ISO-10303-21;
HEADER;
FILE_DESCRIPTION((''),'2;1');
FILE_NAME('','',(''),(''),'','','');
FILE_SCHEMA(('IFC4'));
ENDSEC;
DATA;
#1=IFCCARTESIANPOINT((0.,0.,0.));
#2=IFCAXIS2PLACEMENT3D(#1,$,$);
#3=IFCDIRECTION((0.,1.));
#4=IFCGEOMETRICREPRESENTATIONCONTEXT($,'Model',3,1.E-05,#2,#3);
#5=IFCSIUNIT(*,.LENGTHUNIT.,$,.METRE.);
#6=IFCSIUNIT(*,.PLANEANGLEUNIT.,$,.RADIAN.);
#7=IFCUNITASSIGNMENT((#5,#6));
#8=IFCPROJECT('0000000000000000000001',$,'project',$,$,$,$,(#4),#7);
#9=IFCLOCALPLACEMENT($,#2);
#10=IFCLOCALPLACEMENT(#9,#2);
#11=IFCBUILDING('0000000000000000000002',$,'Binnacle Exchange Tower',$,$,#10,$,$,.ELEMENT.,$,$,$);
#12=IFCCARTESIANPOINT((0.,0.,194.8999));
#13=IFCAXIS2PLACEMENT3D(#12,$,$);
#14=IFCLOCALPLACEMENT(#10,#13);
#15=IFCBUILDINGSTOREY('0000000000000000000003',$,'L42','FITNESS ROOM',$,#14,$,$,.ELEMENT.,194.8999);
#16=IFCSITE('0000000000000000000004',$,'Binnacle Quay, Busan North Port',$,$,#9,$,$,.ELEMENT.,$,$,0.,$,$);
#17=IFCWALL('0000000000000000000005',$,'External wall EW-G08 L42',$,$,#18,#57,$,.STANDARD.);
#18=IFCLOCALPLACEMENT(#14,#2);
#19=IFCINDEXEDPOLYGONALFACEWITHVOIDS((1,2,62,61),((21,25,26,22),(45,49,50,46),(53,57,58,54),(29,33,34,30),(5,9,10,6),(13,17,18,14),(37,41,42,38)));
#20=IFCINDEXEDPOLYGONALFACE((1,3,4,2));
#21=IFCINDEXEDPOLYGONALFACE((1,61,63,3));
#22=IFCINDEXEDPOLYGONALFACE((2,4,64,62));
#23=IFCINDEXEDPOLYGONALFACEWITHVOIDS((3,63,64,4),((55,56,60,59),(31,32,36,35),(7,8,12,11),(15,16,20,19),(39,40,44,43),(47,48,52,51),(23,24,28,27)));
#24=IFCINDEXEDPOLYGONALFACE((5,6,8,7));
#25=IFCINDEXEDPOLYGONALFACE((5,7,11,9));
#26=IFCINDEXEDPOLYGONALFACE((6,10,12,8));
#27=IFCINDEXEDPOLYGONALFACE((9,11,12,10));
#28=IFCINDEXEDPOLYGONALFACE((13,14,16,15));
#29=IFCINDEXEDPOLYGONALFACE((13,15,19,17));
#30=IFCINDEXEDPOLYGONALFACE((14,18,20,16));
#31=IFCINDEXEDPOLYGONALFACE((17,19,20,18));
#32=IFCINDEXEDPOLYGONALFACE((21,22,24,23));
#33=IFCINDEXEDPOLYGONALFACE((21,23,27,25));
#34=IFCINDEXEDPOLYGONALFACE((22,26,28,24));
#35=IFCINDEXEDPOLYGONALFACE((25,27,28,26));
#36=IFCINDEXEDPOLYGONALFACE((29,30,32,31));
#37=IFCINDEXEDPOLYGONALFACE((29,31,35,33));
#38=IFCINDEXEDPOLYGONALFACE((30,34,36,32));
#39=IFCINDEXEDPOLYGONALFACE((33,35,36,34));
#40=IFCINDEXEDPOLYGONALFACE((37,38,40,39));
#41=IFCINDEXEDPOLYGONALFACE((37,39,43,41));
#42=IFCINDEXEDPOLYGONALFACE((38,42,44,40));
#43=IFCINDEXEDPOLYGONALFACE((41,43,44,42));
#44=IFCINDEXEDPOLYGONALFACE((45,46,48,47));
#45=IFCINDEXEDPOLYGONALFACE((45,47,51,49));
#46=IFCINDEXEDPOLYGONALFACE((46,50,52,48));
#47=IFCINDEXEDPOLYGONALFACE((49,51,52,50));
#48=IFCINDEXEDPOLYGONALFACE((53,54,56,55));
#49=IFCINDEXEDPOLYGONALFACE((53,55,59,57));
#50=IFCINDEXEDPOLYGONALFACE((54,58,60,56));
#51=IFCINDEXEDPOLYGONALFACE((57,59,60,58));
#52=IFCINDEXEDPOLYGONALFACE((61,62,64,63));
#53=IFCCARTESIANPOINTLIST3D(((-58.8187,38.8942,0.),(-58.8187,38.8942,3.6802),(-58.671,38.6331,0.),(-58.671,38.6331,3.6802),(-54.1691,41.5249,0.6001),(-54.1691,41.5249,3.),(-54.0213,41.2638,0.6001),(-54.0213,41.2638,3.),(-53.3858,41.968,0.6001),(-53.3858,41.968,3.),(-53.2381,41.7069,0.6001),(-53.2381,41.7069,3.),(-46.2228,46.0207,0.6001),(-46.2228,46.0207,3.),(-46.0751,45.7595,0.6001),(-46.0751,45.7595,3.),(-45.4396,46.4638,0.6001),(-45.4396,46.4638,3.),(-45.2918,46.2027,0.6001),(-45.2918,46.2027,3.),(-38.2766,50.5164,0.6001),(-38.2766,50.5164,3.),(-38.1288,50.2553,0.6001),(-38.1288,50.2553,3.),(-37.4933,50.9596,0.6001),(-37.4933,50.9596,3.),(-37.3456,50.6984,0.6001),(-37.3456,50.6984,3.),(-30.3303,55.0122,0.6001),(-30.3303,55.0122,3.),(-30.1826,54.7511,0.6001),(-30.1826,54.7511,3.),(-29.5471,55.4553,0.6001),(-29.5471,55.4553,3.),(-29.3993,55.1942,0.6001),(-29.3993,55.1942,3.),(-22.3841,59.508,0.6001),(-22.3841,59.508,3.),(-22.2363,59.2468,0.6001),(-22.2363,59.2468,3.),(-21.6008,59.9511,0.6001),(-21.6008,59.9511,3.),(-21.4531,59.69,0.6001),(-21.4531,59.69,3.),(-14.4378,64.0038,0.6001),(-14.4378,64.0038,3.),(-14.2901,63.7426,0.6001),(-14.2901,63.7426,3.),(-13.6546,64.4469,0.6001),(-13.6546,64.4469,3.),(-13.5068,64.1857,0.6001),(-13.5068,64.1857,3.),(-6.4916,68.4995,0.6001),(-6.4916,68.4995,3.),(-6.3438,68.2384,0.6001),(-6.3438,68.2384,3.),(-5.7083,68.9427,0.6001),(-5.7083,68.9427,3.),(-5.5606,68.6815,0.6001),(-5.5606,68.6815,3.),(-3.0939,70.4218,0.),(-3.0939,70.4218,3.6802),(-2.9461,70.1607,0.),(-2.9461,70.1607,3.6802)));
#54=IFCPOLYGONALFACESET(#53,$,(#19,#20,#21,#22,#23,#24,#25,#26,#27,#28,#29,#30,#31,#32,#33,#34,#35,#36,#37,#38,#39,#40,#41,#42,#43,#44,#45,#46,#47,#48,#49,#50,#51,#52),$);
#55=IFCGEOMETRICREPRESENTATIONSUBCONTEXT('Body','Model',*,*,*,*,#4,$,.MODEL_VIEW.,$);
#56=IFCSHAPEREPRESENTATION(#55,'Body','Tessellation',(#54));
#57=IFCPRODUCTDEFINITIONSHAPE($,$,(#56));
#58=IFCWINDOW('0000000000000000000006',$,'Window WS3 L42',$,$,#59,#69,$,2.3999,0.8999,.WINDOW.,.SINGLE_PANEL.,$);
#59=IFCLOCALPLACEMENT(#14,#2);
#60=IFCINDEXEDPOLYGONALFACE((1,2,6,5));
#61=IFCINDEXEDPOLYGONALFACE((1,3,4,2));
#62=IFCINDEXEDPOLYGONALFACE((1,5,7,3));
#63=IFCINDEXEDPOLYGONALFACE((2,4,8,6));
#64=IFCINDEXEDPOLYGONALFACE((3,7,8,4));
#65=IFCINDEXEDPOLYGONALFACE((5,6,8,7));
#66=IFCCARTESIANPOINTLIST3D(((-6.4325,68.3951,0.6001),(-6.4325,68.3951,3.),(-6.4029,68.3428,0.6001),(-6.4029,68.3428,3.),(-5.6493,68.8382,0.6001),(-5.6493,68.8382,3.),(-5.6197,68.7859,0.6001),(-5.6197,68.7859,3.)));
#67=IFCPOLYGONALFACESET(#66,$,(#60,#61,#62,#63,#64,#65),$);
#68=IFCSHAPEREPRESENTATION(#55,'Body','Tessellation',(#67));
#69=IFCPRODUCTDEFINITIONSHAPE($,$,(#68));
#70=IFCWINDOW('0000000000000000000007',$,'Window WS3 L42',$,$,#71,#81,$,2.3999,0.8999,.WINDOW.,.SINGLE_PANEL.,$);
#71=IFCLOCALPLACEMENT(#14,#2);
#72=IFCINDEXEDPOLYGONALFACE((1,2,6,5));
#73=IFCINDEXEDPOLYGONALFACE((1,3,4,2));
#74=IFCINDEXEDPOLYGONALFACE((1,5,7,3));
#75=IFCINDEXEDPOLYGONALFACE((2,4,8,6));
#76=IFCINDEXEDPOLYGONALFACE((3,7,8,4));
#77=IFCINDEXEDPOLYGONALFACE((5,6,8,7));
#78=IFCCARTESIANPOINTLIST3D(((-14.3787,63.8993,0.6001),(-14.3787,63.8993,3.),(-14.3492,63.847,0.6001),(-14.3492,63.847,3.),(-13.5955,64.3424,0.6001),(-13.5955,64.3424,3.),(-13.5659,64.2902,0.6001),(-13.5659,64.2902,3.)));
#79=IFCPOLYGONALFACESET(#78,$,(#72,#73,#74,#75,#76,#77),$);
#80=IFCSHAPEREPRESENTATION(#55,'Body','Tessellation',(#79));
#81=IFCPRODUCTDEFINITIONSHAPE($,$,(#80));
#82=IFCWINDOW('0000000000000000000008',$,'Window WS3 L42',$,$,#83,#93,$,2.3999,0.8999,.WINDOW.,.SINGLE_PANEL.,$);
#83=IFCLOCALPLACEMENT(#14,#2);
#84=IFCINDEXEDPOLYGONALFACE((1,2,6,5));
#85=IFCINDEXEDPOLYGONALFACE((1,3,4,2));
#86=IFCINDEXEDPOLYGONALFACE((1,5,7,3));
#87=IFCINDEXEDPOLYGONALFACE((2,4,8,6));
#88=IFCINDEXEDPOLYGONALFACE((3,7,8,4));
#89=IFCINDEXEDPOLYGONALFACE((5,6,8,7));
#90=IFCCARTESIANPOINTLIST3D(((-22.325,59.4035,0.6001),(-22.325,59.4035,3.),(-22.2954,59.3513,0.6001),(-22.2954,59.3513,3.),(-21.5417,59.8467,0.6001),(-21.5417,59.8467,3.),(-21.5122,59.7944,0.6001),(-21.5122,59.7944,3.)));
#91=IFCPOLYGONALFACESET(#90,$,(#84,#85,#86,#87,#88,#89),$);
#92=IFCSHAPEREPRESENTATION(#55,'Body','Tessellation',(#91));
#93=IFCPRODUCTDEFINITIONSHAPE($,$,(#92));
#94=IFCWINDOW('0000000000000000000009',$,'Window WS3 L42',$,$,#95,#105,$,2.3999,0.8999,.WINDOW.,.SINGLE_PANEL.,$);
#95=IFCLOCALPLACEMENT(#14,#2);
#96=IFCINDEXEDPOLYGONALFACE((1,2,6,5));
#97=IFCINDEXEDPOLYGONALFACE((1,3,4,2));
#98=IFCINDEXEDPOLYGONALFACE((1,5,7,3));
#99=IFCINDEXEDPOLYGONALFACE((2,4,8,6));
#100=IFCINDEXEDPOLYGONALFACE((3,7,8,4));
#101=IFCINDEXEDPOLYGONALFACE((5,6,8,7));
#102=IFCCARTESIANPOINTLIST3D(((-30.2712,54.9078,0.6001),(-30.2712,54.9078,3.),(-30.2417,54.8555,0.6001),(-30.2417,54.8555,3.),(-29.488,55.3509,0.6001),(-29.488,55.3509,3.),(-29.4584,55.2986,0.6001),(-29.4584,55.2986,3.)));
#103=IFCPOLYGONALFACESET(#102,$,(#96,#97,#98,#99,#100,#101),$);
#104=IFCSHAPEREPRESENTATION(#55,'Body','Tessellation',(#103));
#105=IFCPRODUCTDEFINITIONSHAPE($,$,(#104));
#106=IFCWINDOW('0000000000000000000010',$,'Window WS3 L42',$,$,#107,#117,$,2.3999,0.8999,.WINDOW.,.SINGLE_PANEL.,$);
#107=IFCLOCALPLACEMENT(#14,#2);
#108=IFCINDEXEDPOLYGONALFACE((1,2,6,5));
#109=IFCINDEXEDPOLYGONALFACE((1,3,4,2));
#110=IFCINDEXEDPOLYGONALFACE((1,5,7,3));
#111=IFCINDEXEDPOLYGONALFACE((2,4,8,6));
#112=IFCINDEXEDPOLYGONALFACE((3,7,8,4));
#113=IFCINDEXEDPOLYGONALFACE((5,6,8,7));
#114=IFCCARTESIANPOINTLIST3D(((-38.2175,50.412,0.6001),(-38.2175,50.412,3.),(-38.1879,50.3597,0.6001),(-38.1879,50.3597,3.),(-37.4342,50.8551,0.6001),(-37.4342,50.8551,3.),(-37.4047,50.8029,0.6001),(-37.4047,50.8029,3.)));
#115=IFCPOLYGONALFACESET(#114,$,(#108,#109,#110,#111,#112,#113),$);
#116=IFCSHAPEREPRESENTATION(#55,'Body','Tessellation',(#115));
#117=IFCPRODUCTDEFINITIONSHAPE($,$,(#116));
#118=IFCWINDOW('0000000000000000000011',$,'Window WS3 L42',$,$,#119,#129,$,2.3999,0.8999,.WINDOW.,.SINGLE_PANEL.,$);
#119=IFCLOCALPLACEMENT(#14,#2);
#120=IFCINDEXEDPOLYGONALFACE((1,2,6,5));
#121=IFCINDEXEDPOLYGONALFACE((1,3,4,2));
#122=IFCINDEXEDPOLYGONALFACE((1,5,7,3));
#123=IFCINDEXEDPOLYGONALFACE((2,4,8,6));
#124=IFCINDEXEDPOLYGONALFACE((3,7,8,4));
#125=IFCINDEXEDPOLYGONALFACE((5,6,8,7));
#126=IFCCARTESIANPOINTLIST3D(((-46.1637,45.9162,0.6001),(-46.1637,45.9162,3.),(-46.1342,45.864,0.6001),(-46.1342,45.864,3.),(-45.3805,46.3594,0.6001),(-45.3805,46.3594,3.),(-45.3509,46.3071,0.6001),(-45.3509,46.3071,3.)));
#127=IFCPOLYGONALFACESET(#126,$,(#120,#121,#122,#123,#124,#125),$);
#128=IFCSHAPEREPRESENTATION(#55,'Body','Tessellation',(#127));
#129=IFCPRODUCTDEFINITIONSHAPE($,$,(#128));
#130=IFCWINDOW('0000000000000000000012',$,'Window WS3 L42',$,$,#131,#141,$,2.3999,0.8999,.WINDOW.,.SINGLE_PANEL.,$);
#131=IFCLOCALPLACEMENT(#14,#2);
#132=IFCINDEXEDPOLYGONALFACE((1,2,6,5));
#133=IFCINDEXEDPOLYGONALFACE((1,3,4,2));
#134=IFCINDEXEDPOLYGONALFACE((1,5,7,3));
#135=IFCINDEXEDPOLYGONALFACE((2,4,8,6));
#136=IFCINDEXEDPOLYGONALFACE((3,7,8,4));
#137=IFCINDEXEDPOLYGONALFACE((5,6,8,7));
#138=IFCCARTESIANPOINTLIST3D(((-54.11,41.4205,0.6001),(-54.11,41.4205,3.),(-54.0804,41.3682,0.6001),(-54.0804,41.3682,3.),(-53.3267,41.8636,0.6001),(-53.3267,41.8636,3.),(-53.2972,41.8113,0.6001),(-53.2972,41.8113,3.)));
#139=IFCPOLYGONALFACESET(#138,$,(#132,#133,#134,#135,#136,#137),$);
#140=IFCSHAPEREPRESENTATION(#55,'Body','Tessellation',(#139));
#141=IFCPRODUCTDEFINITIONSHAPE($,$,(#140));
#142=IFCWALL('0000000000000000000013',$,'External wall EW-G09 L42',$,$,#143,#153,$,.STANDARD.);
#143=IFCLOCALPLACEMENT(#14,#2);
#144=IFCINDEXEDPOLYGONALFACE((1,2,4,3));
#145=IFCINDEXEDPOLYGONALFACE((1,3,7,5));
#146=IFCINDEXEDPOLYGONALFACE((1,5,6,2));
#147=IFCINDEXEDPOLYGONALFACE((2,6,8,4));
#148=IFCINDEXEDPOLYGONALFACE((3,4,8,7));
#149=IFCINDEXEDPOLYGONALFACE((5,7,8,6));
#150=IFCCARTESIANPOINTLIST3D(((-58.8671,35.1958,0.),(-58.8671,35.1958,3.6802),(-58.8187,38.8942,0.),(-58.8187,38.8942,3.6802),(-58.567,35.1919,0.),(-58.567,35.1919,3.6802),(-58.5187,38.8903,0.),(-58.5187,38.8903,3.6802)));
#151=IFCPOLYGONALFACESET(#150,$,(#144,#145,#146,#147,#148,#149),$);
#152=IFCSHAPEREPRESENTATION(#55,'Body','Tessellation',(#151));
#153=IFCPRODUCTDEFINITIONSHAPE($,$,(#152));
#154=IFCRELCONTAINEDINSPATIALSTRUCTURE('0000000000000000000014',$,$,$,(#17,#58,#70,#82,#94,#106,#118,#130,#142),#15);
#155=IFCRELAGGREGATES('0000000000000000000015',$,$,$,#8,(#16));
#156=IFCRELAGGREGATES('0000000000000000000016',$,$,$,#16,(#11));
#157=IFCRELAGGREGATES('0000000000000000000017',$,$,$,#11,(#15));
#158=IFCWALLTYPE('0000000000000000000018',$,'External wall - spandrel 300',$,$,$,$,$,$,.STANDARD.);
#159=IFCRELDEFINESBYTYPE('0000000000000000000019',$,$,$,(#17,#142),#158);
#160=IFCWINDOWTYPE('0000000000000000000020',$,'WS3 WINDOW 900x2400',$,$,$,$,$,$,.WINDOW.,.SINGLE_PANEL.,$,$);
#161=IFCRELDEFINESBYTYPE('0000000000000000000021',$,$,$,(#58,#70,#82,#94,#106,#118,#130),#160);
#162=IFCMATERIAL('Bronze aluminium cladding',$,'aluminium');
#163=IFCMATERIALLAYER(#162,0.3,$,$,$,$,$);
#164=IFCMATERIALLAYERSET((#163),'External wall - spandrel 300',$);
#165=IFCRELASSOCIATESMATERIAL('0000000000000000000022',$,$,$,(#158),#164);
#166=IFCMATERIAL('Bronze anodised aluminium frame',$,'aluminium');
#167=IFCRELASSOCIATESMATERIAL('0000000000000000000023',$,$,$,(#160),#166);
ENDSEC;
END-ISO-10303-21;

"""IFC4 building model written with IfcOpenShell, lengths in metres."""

from ifc_helpers import new_model, si_unit, direction, frame, frame_2d, origin, place, context, subcontext, project, spatial, rectangle, extrude, material, layer, layer_set, type_object, element, fill, save


model = new_model("IFC4")

# Units and contexts
model_context = context("Model", 3, precision=1e-05, world=origin(), true_north=direction((0.0, 1.0)))
body_context = subcontext(model_context, "Body", "Model", "MODEL_VIEW")
ifc_project = project(units=[si_unit("LENGTHUNIT", "METRE"), si_unit("PLANEANGLEUNIT", "RADIAN")], contexts=[model_context])

# Site, building, storey
site_placement = place(None, origin())
site = spatial("IfcSite", under=ifc_project, at=site_placement, Name="Binnacle Quay, Busan North Port", CompositionType="ELEMENT", RefElevation=0.0)
building_placement = place(site_placement, origin())
building = spatial("IfcBuilding", under=site, at=building_placement, Name="Binnacle Exchange Tower", CompositionType="ELEMENT")
storey_placement = place(building_placement, frame((0.0, 0.0, 194.8999)))
storey = spatial("IfcBuildingStorey", under=building, at=storey_placement, Name="L42", Description="FITNESS ROOM", CompositionType="ELEMENT", Elevation=194.8999)

# Wall, openings, windows
ifc_material_1 = material(Name="Bronze aluminium cladding", Category="aluminium")
ifc_layer_1 = layer(ifc_material_1, 0.3)
ifc_layer_set_1 = layer_set([ifc_layer_1], Name="External wall - spandrel 300")
wall_type_1 = type_object("IfcWallType", Name="External wall - spandrel 300", PredefinedType="STANDARD", material=ifc_layer_set_1)
wall_1_placement = place(storey_placement, frame((-58.7449, 38.7637, 0.0), z_axis=(0.0, 0.0, 1.0), x_axis=(0.870356, 0.492423, 0.0)))
wall_1 = element("IfcWall", 1, at=wall_1_placement, inside=storey, type_object=wall_type_1, Name="External wall EW-G08 L42", PredefinedType="STANDARD", context=body_context, shape_type="SweptSolid", body=[
    extrude(rectangle(XDim=64.0254, YDim=0.3, at=frame_2d((32.0127, 0.0))), origin(), (0.0, 0.0, 1.0), 3.6802),
])
opening_1_placement = place(wall_1_placement, frame((60.1216, 0.0, 0.6001)))
opening_1 = element("IfcOpeningElement", 2, at=opening_1_placement, cuts=wall_1, PredefinedType="OPENING", context=body_context, shape_type="SweptSolid", body=[
    extrude(rectangle(XDim=0.8999, YDim=2.3999, at=frame_2d((0.45, 1.2))), frame((0.0, 0.1599, 0.0), z_axis=(0.0, -1.0, 0.0), x_axis=(1.0, 0.0, 0.0)), (0.0, 0.0, 1.0), 0.3201),
])
opening_2_placement = place(wall_1_placement, frame((50.9917, 0.0, 0.6001)))
opening_2 = element("IfcOpeningElement", 3, at=opening_2_placement, cuts=wall_1, PredefinedType="OPENING", context=body_context, shape_type="SweptSolid", body=[
    extrude(rectangle(XDim=0.8999, YDim=2.3999, at=frame_2d((0.45, 1.2))), frame((0.0, 0.1599, 0.0), z_axis=(0.0, -1.0, 0.0), x_axis=(1.0, 0.0, 0.0)), (0.0, 0.0, 1.0), 0.3201),
])
opening_3_placement = place(wall_1_placement, frame((41.8618, 0.0, 0.6001)))
opening_3 = element("IfcOpeningElement", 4, at=opening_3_placement, cuts=wall_1, PredefinedType="OPENING", context=body_context, shape_type="SweptSolid", body=[
    extrude(rectangle(XDim=0.8999, YDim=2.3999, at=frame_2d((0.45, 1.2))), frame((0.0, 0.1599, 0.0), z_axis=(0.0, -1.0, 0.0), x_axis=(1.0, 0.0, 0.0)), (0.0, 0.0, 1.0), 0.3201),
])
opening_4_placement = place(wall_1_placement, frame((32.7319, 0.0, 0.6001)))
opening_4 = element("IfcOpeningElement", 5, at=opening_4_placement, cuts=wall_1, PredefinedType="OPENING", context=body_context, shape_type="SweptSolid", body=[
    extrude(rectangle(XDim=0.8999, YDim=2.3999, at=frame_2d((0.45, 1.2))), frame((0.0, 0.1599, 0.0), z_axis=(0.0, -1.0, 0.0), x_axis=(1.0, 0.0, 0.0)), (0.0, 0.0, 1.0), 0.3201),
])
opening_5_placement = place(wall_1_placement, frame((23.6021, 0.0, 0.6001)))
opening_5 = element("IfcOpeningElement", 6, at=opening_5_placement, cuts=wall_1, PredefinedType="OPENING", context=body_context, shape_type="SweptSolid", body=[
    extrude(rectangle(XDim=0.8999, YDim=2.3999, at=frame_2d((0.45, 1.2))), frame((0.0, 0.1599, 0.0), z_axis=(0.0, -1.0, 0.0), x_axis=(1.0, 0.0, 0.0)), (0.0, 0.0, 1.0), 0.3201),
])
opening_6_placement = place(wall_1_placement, frame((14.4722, 0.0, 0.6001)))
opening_6 = element("IfcOpeningElement", 7, at=opening_6_placement, cuts=wall_1, PredefinedType="OPENING", context=body_context, shape_type="SweptSolid", body=[
    extrude(rectangle(XDim=0.8999, YDim=2.3999, at=frame_2d((0.45, 1.2))), frame((0.0, 0.1599, 0.0), z_axis=(0.0, -1.0, 0.0), x_axis=(1.0, 0.0, 0.0)), (0.0, 0.0, 1.0), 0.3201),
])
opening_7_placement = place(wall_1_placement, frame((5.3423, 0.0, 0.6001)))
opening_7 = element("IfcOpeningElement", 8, at=opening_7_placement, cuts=wall_1, PredefinedType="OPENING", context=body_context, shape_type="SweptSolid", body=[
    extrude(rectangle(XDim=0.8999, YDim=2.3999, at=frame_2d((0.45, 1.2))), frame((0.0, 0.1599, 0.0), z_axis=(0.0, -1.0, 0.0), x_axis=(1.0, 0.0, 0.0)), (0.0, 0.0, 1.0), 0.3201),
])
ifc_material_2 = material(Name="Bronze anodised aluminium frame", Category="aluminium")
window_type = type_object("IfcWindowType", Name="WS3 WINDOW 900x2400", PartitioningType="SINGLE_PANEL", PredefinedType="WINDOW", material=ifc_material_2)
window_1_placement = place(opening_1_placement, origin())
window_1 = element("IfcWindow", 9, at=window_1_placement, inside=storey, type_object=window_type, Name="Window WS3 L42", OverallHeight=2.3999, OverallWidth=0.8999, PartitioningType="SINGLE_PANEL", PredefinedType="WINDOW", context=body_context, shape_type="SweptSolid", body=[
    extrude(rectangle(XDim=0.8999, YDim=2.3999, at=frame_2d((0.45, 1.2))), frame((0.0, 0.03, 0.0), z_axis=(0.0, -1.0, 0.0), x_axis=(1.0, 0.0, 0.0)), (0.0, 0.0, 1.0), 0.0601),
])
fill(opening_1, window_1)
window_2_placement = place(opening_2_placement, origin())
window_2 = element("IfcWindow", 10, at=window_2_placement, inside=storey, type_object=window_type, Name="Window WS3 L42", OverallHeight=2.3999, OverallWidth=0.8999, PartitioningType="SINGLE_PANEL", PredefinedType="WINDOW", context=body_context, shape_type="SweptSolid", body=[
    extrude(rectangle(XDim=0.8999, YDim=2.3999, at=frame_2d((0.45, 1.2))), frame((0.0, 0.03, 0.0), z_axis=(0.0, -1.0, 0.0), x_axis=(1.0, 0.0, 0.0)), (0.0, 0.0, 1.0), 0.0601),
])
fill(opening_2, window_2)
window_3_placement = place(opening_3_placement, origin())
window_3 = element("IfcWindow", 11, at=window_3_placement, inside=storey, type_object=window_type, Name="Window WS3 L42", OverallHeight=2.3999, OverallWidth=0.8999, PartitioningType="SINGLE_PANEL", PredefinedType="WINDOW", context=body_context, shape_type="SweptSolid", body=[
    extrude(rectangle(XDim=0.8999, YDim=2.3999, at=frame_2d((0.45, 1.2))), frame((0.0, 0.03, 0.0), z_axis=(0.0, -1.0, 0.0), x_axis=(1.0, 0.0, 0.0)), (0.0, 0.0, 1.0), 0.0601),
])
fill(opening_3, window_3)
window_4_placement = place(opening_4_placement, origin())
window_4 = element("IfcWindow", 12, at=window_4_placement, inside=storey, type_object=window_type, Name="Window WS3 L42", OverallHeight=2.3999, OverallWidth=0.8999, PartitioningType="SINGLE_PANEL", PredefinedType="WINDOW", context=body_context, shape_type="SweptSolid", body=[
    extrude(rectangle(XDim=0.8999, YDim=2.3999, at=frame_2d((0.45, 1.2))), frame((0.0, 0.03, 0.0), z_axis=(0.0, -1.0, 0.0), x_axis=(1.0, 0.0, 0.0)), (0.0, 0.0, 1.0), 0.0601),
])
fill(opening_4, window_4)
window_5_placement = place(opening_5_placement, origin())
window_5 = element("IfcWindow", 13, at=window_5_placement, inside=storey, type_object=window_type, Name="Window WS3 L42", OverallHeight=2.3999, OverallWidth=0.8999, PartitioningType="SINGLE_PANEL", PredefinedType="WINDOW", context=body_context, shape_type="SweptSolid", body=[
    extrude(rectangle(XDim=0.8999, YDim=2.3999, at=frame_2d((0.45, 1.2))), frame((0.0, 0.03, 0.0), z_axis=(0.0, -1.0, 0.0), x_axis=(1.0, 0.0, 0.0)), (0.0, 0.0, 1.0), 0.0601),
])
fill(opening_5, window_5)
window_6_placement = place(opening_6_placement, origin())
window_6 = element("IfcWindow", 14, at=window_6_placement, inside=storey, type_object=window_type, Name="Window WS3 L42", OverallHeight=2.3999, OverallWidth=0.8999, PartitioningType="SINGLE_PANEL", PredefinedType="WINDOW", context=body_context, shape_type="SweptSolid", body=[
    extrude(rectangle(XDim=0.8999, YDim=2.3999, at=frame_2d((0.45, 1.2))), frame((0.0, 0.03, 0.0), z_axis=(0.0, -1.0, 0.0), x_axis=(1.0, 0.0, 0.0)), (0.0, 0.0, 1.0), 0.0601),
])
fill(opening_6, window_6)
window_7_placement = place(opening_7_placement, origin())
window_7 = element("IfcWindow", 15, at=window_7_placement, inside=storey, type_object=window_type, Name="Window WS3 L42", OverallHeight=2.3999, OverallWidth=0.8999, PartitioningType="SINGLE_PANEL", PredefinedType="WINDOW", context=body_context, shape_type="SweptSolid", body=[
    extrude(rectangle(XDim=0.8999, YDim=2.3999, at=frame_2d((0.45, 1.2))), frame((0.0, 0.03, 0.0), z_axis=(0.0, -1.0, 0.0), x_axis=(1.0, 0.0, 0.0)), (0.0, 0.0, 1.0), 0.0601),
])
fill(opening_7, window_7)

# Wall
wall_2_placement = place(storey_placement, frame((-58.717, 35.1938, 0.0), z_axis=(0.0, 0.0, 1.0), x_axis=(0.013069, 0.999915, 0.0)))
element("IfcWall", 16, at=wall_2_placement, inside=storey, type_object=wall_type_1, Name="External wall EW-G09 L42", PredefinedType="STANDARD", context=body_context, shape_type="SweptSolid", body=[
    extrude(rectangle(XDim=3.6987, YDim=0.3, at=frame_2d((1.8494, 0.0))), origin(), (0.0, 0.0, 1.0), 3.6802),
])

save(model, "model.ifc")
